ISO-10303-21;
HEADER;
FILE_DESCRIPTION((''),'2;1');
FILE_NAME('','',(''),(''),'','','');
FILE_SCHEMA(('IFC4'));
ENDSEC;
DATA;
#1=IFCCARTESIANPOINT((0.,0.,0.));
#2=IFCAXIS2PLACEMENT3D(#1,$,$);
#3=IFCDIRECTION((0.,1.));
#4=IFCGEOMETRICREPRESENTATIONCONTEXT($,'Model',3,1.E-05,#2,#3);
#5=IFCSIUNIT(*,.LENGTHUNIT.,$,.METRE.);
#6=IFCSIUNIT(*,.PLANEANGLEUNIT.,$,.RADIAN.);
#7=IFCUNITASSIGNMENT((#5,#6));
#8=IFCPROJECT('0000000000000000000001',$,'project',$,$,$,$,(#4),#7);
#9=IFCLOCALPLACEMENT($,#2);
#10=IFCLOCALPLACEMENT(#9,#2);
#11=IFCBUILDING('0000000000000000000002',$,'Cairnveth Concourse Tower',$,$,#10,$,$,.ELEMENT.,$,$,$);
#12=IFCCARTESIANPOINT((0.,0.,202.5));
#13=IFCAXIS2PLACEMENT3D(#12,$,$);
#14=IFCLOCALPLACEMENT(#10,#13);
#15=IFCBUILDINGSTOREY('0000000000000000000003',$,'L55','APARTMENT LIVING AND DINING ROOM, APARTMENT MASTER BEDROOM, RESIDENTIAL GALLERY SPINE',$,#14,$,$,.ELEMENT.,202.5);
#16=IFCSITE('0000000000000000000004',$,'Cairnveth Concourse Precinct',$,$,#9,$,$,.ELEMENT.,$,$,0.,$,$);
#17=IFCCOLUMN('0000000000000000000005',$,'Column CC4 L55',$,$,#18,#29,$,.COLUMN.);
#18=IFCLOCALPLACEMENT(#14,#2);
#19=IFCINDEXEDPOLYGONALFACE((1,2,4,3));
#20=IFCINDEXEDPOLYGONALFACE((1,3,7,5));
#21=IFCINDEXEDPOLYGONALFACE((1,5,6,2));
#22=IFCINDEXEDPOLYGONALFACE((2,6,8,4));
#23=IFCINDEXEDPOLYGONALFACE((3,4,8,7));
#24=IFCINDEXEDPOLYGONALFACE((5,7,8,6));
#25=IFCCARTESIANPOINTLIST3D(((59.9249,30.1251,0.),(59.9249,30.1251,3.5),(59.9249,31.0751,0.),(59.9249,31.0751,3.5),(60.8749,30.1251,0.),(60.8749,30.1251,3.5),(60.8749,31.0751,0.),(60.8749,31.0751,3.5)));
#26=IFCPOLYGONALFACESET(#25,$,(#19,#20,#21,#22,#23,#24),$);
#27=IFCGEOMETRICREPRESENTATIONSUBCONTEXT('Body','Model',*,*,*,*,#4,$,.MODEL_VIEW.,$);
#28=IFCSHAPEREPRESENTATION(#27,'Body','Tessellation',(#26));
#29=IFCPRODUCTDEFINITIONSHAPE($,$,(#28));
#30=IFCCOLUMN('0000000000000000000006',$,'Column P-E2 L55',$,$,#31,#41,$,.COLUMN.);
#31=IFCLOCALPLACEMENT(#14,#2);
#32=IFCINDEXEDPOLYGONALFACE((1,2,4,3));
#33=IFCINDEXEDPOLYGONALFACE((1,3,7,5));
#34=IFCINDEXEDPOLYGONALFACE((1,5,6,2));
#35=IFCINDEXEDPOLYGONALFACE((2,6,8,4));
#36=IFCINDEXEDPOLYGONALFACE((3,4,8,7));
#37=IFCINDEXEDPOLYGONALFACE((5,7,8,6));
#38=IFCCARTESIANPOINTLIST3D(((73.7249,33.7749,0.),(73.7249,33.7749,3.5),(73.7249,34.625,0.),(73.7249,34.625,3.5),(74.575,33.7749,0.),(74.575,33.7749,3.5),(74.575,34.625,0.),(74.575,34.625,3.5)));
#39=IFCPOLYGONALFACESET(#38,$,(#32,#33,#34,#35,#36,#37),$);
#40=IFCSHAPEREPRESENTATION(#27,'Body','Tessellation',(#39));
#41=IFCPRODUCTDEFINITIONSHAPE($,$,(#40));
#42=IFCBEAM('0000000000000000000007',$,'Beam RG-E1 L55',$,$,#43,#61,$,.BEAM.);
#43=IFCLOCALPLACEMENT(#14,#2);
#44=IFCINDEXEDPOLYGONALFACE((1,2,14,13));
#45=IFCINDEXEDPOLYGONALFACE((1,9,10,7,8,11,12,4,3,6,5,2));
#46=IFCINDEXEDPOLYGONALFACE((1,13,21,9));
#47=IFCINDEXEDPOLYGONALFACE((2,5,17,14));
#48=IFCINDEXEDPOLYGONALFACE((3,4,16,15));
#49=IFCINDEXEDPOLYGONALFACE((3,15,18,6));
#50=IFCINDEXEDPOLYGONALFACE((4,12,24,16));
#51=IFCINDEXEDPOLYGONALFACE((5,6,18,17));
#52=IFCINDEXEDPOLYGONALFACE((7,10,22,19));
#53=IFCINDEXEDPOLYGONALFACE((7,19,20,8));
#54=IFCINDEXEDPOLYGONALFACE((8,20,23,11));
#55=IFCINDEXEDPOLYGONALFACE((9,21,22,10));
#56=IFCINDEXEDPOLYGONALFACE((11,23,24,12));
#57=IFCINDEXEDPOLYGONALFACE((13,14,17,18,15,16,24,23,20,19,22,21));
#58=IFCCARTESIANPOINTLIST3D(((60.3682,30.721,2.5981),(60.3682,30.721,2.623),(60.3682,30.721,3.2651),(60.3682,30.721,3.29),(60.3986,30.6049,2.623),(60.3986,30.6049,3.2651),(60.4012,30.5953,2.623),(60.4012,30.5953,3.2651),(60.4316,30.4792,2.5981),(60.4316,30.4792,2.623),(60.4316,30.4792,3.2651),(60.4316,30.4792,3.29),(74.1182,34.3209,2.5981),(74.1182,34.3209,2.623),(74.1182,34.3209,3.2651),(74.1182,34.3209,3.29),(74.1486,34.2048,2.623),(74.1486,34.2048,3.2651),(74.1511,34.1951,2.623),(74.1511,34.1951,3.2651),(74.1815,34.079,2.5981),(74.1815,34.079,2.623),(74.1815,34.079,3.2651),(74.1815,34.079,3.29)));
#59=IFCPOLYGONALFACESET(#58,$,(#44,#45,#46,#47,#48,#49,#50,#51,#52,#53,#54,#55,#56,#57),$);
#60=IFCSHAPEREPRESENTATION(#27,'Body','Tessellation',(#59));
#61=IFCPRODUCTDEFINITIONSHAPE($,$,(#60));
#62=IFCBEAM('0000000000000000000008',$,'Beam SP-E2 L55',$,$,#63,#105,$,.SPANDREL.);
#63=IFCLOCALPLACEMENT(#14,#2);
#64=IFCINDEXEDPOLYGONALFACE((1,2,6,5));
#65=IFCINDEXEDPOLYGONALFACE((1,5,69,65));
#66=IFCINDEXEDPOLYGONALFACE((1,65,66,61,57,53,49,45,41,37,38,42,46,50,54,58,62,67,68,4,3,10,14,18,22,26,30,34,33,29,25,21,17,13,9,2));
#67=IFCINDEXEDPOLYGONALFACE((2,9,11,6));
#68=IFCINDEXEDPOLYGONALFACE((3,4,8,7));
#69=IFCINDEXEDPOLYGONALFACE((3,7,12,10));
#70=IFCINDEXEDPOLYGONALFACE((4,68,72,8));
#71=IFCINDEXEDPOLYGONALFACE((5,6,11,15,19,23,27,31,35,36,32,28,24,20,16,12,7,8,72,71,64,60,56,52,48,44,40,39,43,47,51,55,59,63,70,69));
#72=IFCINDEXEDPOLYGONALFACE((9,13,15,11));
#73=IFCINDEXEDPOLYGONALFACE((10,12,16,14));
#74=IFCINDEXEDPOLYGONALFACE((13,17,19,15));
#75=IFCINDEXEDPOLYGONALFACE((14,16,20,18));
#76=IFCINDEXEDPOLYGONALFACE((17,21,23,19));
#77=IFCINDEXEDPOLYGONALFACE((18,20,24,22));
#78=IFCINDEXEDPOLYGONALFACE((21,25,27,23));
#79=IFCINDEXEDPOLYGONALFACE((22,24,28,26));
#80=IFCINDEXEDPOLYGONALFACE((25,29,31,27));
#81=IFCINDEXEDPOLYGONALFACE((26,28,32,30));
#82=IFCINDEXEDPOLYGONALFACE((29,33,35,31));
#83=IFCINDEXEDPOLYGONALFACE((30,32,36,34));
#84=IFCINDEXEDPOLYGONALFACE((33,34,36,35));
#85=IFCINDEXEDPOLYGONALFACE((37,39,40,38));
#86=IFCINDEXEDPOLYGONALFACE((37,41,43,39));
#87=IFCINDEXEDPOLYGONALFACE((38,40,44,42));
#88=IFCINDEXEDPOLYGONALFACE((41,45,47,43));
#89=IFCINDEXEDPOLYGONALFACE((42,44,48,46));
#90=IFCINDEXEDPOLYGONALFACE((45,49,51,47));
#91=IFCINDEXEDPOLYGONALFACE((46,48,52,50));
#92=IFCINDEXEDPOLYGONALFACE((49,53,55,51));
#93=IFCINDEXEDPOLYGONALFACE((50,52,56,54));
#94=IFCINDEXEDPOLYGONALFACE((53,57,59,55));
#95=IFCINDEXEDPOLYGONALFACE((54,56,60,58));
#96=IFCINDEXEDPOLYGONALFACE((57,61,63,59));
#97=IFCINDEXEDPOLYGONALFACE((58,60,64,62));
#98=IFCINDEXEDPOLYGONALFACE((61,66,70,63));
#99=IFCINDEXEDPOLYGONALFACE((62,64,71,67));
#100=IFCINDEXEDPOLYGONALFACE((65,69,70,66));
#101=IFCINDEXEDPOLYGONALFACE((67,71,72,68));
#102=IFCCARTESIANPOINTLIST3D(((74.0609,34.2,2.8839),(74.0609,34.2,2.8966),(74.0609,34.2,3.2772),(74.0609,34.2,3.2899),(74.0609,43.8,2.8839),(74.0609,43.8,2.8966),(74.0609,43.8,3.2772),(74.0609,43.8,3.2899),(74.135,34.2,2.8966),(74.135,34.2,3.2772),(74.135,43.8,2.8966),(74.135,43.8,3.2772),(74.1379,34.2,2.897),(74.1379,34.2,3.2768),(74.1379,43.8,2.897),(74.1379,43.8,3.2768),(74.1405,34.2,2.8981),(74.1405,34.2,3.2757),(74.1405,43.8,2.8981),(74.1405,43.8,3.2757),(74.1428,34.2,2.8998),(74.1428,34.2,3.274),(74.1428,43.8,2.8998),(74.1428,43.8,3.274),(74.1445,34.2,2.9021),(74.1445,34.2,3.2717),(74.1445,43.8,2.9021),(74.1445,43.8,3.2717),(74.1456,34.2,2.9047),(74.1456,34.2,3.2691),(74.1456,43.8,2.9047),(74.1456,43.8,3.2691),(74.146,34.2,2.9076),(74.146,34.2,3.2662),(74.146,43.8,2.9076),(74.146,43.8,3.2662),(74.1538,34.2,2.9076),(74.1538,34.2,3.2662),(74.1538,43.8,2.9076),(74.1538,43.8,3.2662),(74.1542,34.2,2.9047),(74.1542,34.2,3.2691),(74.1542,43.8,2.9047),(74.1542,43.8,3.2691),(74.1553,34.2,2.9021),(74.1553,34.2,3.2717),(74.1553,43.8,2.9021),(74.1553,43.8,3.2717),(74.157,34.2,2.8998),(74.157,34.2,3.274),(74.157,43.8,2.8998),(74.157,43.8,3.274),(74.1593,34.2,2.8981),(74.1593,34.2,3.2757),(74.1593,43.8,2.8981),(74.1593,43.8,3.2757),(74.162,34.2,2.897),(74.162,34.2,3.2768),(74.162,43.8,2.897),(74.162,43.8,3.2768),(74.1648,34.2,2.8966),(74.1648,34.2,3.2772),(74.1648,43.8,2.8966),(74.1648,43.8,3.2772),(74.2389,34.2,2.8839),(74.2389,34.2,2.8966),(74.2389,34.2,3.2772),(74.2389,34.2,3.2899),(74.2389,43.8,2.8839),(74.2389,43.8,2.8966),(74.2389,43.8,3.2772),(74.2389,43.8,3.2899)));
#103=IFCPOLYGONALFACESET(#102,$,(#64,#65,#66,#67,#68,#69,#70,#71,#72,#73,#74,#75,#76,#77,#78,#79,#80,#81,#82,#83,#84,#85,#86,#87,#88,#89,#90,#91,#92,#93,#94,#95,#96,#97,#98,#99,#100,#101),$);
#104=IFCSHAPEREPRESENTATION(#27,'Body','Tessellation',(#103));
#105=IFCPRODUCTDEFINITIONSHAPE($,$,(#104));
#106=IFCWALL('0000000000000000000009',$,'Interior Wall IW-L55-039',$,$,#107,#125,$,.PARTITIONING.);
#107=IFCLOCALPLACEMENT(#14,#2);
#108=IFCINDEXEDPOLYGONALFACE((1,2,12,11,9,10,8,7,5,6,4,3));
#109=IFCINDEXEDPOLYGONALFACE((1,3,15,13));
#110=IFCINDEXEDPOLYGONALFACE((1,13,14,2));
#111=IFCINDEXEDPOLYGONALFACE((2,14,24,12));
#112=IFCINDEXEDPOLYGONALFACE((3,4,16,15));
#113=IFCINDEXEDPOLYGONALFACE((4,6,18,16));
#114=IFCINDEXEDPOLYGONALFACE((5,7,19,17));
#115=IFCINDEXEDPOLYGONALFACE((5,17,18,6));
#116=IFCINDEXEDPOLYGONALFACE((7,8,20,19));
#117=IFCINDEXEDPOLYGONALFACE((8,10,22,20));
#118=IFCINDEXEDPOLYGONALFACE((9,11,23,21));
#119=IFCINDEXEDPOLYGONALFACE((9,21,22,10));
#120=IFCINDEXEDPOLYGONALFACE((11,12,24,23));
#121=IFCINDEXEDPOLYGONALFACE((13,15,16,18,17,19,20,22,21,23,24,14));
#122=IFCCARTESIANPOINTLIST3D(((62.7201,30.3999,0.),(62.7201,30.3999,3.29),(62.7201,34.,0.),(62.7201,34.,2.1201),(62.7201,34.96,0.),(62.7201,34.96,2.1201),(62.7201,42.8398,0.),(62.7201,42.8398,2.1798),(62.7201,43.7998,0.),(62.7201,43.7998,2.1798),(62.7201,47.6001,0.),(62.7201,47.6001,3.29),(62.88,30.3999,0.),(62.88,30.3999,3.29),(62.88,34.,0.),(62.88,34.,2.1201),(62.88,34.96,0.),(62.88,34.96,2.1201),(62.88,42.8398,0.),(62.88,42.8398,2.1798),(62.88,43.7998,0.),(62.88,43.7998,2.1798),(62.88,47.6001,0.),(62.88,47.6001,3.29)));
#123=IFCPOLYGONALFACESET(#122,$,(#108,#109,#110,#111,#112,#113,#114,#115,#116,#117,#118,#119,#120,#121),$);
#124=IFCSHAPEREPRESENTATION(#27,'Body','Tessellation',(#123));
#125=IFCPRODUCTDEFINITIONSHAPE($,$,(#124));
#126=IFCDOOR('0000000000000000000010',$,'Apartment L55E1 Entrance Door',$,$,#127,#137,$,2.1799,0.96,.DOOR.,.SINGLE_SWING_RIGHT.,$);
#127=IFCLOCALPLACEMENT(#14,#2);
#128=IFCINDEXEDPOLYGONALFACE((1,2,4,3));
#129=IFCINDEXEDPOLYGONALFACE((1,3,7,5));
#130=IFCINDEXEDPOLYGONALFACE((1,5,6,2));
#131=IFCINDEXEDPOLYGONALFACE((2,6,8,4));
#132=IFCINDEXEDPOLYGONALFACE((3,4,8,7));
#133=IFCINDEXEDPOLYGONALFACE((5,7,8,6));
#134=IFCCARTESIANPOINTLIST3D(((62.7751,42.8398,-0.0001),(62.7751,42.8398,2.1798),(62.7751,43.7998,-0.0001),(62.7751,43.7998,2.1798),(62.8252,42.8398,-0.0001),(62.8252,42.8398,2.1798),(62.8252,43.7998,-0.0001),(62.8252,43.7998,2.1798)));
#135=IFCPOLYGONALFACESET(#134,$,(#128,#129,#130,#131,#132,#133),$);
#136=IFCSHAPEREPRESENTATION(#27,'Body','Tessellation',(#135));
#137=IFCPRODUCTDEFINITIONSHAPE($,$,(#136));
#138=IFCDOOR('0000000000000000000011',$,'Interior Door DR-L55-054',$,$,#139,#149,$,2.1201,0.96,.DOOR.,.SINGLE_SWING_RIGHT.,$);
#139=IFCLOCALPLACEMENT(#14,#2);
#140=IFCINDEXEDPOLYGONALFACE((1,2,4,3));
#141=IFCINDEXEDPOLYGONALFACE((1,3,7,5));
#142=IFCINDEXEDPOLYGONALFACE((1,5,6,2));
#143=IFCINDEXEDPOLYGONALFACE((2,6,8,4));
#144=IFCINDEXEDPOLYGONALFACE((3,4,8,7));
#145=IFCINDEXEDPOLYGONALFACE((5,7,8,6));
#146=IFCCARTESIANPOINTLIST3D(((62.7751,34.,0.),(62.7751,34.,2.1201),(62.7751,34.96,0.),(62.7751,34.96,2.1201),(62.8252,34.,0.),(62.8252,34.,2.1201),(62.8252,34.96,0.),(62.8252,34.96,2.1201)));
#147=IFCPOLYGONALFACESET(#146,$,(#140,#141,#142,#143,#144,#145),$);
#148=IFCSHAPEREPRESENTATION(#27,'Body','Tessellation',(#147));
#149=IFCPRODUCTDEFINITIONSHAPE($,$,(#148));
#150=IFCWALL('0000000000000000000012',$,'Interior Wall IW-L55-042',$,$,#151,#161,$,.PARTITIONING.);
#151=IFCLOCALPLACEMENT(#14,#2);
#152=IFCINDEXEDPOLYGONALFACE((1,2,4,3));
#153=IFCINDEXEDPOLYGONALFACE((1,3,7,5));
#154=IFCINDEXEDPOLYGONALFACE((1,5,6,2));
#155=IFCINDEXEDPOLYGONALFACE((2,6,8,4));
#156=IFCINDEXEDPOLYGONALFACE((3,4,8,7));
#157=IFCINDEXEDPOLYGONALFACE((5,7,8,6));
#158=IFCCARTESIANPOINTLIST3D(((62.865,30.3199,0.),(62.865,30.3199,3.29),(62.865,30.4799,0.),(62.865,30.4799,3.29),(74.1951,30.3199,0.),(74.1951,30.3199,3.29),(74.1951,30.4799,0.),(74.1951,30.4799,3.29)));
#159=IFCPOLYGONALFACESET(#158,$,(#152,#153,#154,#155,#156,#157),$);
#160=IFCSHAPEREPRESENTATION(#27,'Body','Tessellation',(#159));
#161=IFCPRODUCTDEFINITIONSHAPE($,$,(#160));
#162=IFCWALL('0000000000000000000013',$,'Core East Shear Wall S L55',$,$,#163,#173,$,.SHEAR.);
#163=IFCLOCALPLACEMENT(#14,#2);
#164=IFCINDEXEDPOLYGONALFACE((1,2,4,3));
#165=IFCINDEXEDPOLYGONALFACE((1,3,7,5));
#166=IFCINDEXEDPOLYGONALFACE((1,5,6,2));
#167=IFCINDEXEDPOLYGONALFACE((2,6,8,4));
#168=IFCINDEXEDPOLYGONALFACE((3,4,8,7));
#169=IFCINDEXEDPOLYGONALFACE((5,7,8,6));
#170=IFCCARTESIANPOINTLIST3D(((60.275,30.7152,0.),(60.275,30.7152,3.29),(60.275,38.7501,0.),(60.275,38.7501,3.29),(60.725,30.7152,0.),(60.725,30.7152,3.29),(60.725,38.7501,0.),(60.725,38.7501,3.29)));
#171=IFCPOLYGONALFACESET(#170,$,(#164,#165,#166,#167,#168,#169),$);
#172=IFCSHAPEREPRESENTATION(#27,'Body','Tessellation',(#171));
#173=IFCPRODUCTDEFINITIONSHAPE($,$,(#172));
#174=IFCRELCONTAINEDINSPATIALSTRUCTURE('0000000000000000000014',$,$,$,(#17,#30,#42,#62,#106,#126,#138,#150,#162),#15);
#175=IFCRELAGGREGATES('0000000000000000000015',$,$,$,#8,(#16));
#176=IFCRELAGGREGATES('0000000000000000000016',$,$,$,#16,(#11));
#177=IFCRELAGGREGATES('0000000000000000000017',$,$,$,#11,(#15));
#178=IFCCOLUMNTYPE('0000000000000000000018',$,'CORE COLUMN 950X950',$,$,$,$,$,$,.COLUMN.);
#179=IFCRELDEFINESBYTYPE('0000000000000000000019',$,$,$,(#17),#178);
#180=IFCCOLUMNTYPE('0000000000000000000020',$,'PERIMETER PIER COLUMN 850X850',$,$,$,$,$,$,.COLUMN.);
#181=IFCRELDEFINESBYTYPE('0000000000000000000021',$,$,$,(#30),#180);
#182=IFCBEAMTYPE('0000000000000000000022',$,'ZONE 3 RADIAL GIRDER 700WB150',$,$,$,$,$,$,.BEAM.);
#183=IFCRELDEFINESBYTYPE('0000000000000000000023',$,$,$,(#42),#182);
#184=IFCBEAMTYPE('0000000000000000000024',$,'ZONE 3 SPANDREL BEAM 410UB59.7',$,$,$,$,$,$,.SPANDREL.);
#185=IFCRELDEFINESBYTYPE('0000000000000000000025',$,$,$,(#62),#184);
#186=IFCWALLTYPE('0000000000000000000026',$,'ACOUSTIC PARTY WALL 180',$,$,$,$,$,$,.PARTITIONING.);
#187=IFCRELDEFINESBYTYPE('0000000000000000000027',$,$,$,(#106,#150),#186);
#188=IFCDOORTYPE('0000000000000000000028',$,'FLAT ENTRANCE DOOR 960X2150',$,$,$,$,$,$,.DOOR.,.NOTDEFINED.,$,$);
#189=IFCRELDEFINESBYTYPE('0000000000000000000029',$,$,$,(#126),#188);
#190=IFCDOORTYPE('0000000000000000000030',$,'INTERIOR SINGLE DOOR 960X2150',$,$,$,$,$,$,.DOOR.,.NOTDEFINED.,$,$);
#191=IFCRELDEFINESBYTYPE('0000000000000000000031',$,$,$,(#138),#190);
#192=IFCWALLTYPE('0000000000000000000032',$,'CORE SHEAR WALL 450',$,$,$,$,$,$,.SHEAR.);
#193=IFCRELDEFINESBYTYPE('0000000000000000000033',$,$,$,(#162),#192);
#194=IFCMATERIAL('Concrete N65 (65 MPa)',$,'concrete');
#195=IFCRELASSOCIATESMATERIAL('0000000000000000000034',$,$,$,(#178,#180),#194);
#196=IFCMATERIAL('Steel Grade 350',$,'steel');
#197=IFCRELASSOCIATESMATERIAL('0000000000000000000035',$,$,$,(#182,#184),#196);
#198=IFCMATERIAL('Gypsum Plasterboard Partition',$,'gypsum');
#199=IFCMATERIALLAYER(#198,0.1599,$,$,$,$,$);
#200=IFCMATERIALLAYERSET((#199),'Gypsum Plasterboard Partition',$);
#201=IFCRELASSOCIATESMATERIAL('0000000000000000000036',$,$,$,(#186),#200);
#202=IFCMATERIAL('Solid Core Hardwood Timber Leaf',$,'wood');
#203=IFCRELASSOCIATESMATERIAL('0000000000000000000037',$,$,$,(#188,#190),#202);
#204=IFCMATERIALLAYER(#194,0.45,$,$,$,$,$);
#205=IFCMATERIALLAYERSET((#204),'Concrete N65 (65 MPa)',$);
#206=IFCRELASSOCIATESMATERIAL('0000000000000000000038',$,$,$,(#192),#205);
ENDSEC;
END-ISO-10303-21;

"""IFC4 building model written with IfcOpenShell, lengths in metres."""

from ifc_helpers import new_model, si_unit, direction, frame, frame_2d, origin, origin_2d, place, context, subcontext, project, spatial, rectangle, i_section, extrude, material, layer, layer_set, material_profile, profile_set, type_object, element, fill, save


model = new_model("IFC4")

# Units and contexts
model_context = context("Model", 3, precision=1e-05, world=origin(), true_north=direction((0.0, 1.0)))
body_context = subcontext(model_context, "Body", "Model", "MODEL_VIEW")
ifc_project = project(units=[si_unit("LENGTHUNIT", "METRE"), si_unit("PLANEANGLEUNIT", "RADIAN")], contexts=[model_context])

# Site, building, storey
site_placement = place(None, origin())
site = spatial("IfcSite", under=ifc_project, at=site_placement, Name="Cairnveth Concourse Precinct", CompositionType="ELEMENT", RefElevation=0.0)
building_placement = place(site_placement, origin())
building = spatial("IfcBuilding", under=site, at=building_placement, Name="Cairnveth Concourse Tower", CompositionType="ELEMENT")
storey_placement = place(building_placement, frame((0.0, 0.0, 202.5)))
storey = spatial("IfcBuildingStorey", under=building, at=storey_placement, Name="L55", Description="APARTMENT LIVING AND DINING ROOM, APARTMENT MASTER BEDROOM, RESIDENTIAL GALLERY SPINE", CompositionType="ELEMENT", Elevation=202.5)

# Columns
ifc_material_1 = material(Name="Concrete N65 (65 MPa)", Category="concrete")
ifc_material_profile_1 = material_profile(ifc_material_1, rectangle(XDim=0.95, YDim=0.95, at=origin_2d()), Name="RC-COL-950x950")
ifc_profile_set_1 = profile_set([ifc_material_profile_1], Name="Concrete N65 (65 MPa)")
column_type_1 = type_object("IfcColumnType", Name="CORE COLUMN 950X950", PredefinedType="COLUMN", material=ifc_profile_set_1)
column_1_placement = place(storey_placement, frame((60.3999, 30.6001, 0.0), z_axis=(0.0, 0.0, 1.0), x_axis=(1.0, 0.0, 0.0)))
element("IfcColumn", 1, at=column_1_placement, inside=storey, type_object=column_type_1, Name="Column CC4 L55", PredefinedType="COLUMN", context=body_context, shape_type="SweptSolid", body=[
    extrude(rectangle(XDim=0.95, YDim=0.95, at=origin_2d()), origin(), (0.0, 0.0, 1.0), 3.5),
])
ifc_material_profile_2 = material_profile(ifc_material_1, rectangle(XDim=0.8501, YDim=0.8501, at=origin_2d()), Name="RC-COL-850x850")
ifc_profile_set_2 = profile_set([ifc_material_profile_2], Name="Concrete N65 (65 MPa)")
column_type_2 = type_object("IfcColumnType", Name="PERIMETER PIER COLUMN 850X850", PredefinedType="COLUMN", material=ifc_profile_set_2)
column_2_placement = place(storey_placement, frame((74.1499, 34.2, 0.0), z_axis=(0.0, 0.0, 1.0), x_axis=(0.0, 1.0, 0.0)))
element("IfcColumn", 2, at=column_2_placement, inside=storey, type_object=column_type_2, Name="Column P-E2 L55", PredefinedType="COLUMN", context=body_context, shape_type="SweptSolid", body=[
    extrude(rectangle(XDim=0.8501, YDim=0.8501, at=origin_2d()), origin(), (0.0, 0.0, 1.0), 3.5),
])

# Beams
ifc_material_2 = material(Name="Steel Grade 350", Category="steel")
ifc_material_profile_3 = material_profile(ifc_material_2, i_section(OverallWidth=0.25, OverallDepth=0.6919, WebThickness=0.01, FlangeThickness=0.0249, at=origin_2d()), Name="700WB150")
ifc_profile_set_3 = profile_set([ifc_material_profile_3], Name="Steel Grade 350")
beam_type_1 = type_object("IfcBeamType", Name="ZONE 3 RADIAL GIRDER 700WB150", PredefinedType="BEAM", material=ifc_profile_set_3)
beam_1_placement = place(storey_placement, frame((60.3999, 30.6001, 2.9441), z_axis=(0.967395, 0.253271, 0.0), x_axis=(-0.253271, 0.967395, 0.0)))
element("IfcBeam", 3, at=beam_1_placement, inside=storey, type_object=beam_type_1, Name="Beam RG-E1 L55", PredefinedType="BEAM", context=body_context, shape_type="SweptSolid", body=[
    extrude(i_section(OverallWidth=0.25, OverallDepth=0.6919, WebThickness=0.01, FlangeThickness=0.0249, at=origin_2d()), origin(), (0.0, 0.0, 1.0), 14.2134),
])
ifc_material_profile_4 = material_profile(ifc_material_2, i_section(OverallWidth=0.178, OverallDepth=0.406, WebThickness=0.0078, FlangeThickness=0.0127, FilletRadius=0.011, at=origin_2d()), Name="410UB59.7")
ifc_profile_set_4 = profile_set([ifc_material_profile_4], Name="Steel Grade 350")
beam_type_2 = type_object("IfcBeamType", Name="ZONE 3 SPANDREL BEAM 410UB59.7", PredefinedType="SPANDREL", material=ifc_profile_set_4)
beam_2_placement = place(storey_placement, frame((74.1499, 34.2, 3.0869), z_axis=(0.0, 1.0, 0.0), x_axis=(-1.0, 0.0, 0.0)))
element("IfcBeam", 4, at=beam_2_placement, inside=storey, type_object=beam_type_2, Name="Beam SP-E2 L55", PredefinedType="SPANDREL", context=body_context, shape_type="SweptSolid", body=[
    extrude(i_section(OverallWidth=0.178, OverallDepth=0.406, WebThickness=0.0078, FlangeThickness=0.0127, FilletRadius=0.011, at=origin_2d()), origin(), (0.0, 0.0, 1.0), 9.6001),
])

# Wall, openings, doors
ifc_material_3 = material(Name="Gypsum Plasterboard Partition", Category="gypsum")
ifc_layer_1 = layer(ifc_material_3, 0.1599)
ifc_layer_set_1 = layer_set([ifc_layer_1], Name="Gypsum Plasterboard Partition")
wall_type_1 = type_object("IfcWallType", Name="ACOUSTIC PARTY WALL 180", PredefinedType="PARTITIONING", material=ifc_layer_set_1)
wall_1_placement = place(storey_placement, frame((62.8, 30.3999, 0.0), z_axis=(0.0, 0.0, 1.0), x_axis=(0.0, 1.0, 0.0)))
wall_1 = element("IfcWall", 5, at=wall_1_placement, inside=storey, type_object=wall_type_1, Name="Interior Wall IW-L55-039", PredefinedType="PARTITIONING", context=body_context, shape_type="SweptSolid", body=[
    extrude(rectangle(XDim=17.2002, YDim=0.1599, at=frame_2d((8.6001, 0.0))), origin(), (0.0, 0.0, 1.0), 3.29),
])
opening_1_placement = place(wall_1_placement, frame((3.6001, 0.0, 0.0)))
opening_1 = element("IfcOpeningElement", 6, at=opening_1_placement, cuts=wall_1, PredefinedType="OPENING", context=body_context, shape_type="SweptSolid", body=[
    extrude(rectangle(XDim=0.96, YDim=2.1201, at=frame_2d((0.48, 1.0601))), frame((0.0, 0.0898, 0.0), z_axis=(0.0, -1.0, 0.0), x_axis=(1.0, 0.0, 0.0)), (0.0, 0.0, 1.0), 0.1799),
])
opening_2_placement = place(wall_1_placement, frame((12.4399, 0.0, 0.0)))
opening_2 = element("IfcOpeningElement", 7, at=opening_2_placement, cuts=wall_1, PredefinedType="OPENING", context=body_context, shape_type="SweptSolid", body=[
    extrude(rectangle(XDim=0.96, YDim=2.1799, at=frame_2d((0.48, 1.0898))), frame((0.0, 0.0898, 0.0), z_axis=(0.0, -1.0, 0.0), x_axis=(1.0, 0.0, 0.0)), (0.0, 0.0, 1.0), 0.1799),
])
ifc_material_4 = material(Name="Solid Core Hardwood Timber Leaf", Category="wood")
door_type_1 = type_object("IfcDoorType", Name="FLAT ENTRANCE DOOR 960X2150", OperationType="NOTDEFINED", PredefinedType="DOOR", material=ifc_material_4)
door_1_placement = place(opening_2_placement, origin())
door_1 = element("IfcDoor", 8, at=door_1_placement, inside=storey, type_object=door_type_1, Name="Apartment L55E1 Entrance Door", OperationType="SINGLE_SWING_RIGHT", OverallHeight=2.1799, OverallWidth=0.96, PredefinedType="DOOR", context=body_context, shape_type="SweptSolid", body=[
    extrude(rectangle(XDim=0.96, YDim=2.1799, at=frame_2d((0.48, 1.0898))), frame((0.0, 0.0249, 0.0), z_axis=(0.0, -1.0, 0.0), x_axis=(1.0, 0.0, 0.0)), (0.0, 0.0, 1.0), 0.05),
])
fill(opening_2, door_1)
door_type_2 = type_object("IfcDoorType", Name="INTERIOR SINGLE DOOR 960X2150", OperationType="NOTDEFINED", PredefinedType="DOOR", material=ifc_material_4)
door_2_placement = place(opening_1_placement, origin())
door_2 = element("IfcDoor", 9, at=door_2_placement, inside=storey, type_object=door_type_2, Name="Interior Door DR-L55-054", OperationType="SINGLE_SWING_RIGHT", OverallHeight=2.1201, OverallWidth=0.96, PredefinedType="DOOR", context=body_context, shape_type="SweptSolid", body=[
    extrude(rectangle(XDim=0.96, YDim=2.1201, at=frame_2d((0.48, 1.0601))), frame((0.0, 0.0249, 0.0), z_axis=(0.0, -1.0, 0.0), x_axis=(1.0, 0.0, 0.0)), (0.0, 0.0, 1.0), 0.05),
])
fill(opening_1, door_2)

# Walls
wall_2_placement = place(storey_placement, frame((62.865, 30.3999, 0.0), z_axis=(0.0, 0.0, 1.0), x_axis=(1.0, 0.0, 0.0)))
element("IfcWall", 10, at=wall_2_placement, inside=storey, type_object=wall_type_1, Name="Interior Wall IW-L55-042", PredefinedType="PARTITIONING", context=body_context, shape_type="SweptSolid", body=[
    extrude(rectangle(XDim=11.3301, YDim=0.1599, at=frame_2d((5.665, 0.0))), origin(), (0.0, 0.0, 1.0), 3.29),
])
ifc_layer_2 = layer(ifc_material_1, 0.45)
ifc_layer_set_2 = layer_set([ifc_layer_2], Name="Concrete N65 (65 MPa)")
wall_type_2 = type_object("IfcWallType", Name="CORE SHEAR WALL 450", PredefinedType="SHEAR", material=ifc_layer_set_2)
wall_3_placement = place(storey_placement, frame((60.5, 30.7151, 0.0), z_axis=(0.0, 0.0, 1.0), x_axis=(0.0, 1.0, 0.0)))
element("IfcWall", 11, at=wall_3_placement, inside=storey, type_object=wall_type_2, Name="Core East Shear Wall S L55", PredefinedType="SHEAR", context=body_context, shape_type="SweptSolid", body=[
    extrude(rectangle(XDim=8.0349, YDim=0.45, at=frame_2d((4.0176, 0.0))), origin(), (0.0, 0.0, 1.0), 3.29),
])

save(model, "model.ifc")
